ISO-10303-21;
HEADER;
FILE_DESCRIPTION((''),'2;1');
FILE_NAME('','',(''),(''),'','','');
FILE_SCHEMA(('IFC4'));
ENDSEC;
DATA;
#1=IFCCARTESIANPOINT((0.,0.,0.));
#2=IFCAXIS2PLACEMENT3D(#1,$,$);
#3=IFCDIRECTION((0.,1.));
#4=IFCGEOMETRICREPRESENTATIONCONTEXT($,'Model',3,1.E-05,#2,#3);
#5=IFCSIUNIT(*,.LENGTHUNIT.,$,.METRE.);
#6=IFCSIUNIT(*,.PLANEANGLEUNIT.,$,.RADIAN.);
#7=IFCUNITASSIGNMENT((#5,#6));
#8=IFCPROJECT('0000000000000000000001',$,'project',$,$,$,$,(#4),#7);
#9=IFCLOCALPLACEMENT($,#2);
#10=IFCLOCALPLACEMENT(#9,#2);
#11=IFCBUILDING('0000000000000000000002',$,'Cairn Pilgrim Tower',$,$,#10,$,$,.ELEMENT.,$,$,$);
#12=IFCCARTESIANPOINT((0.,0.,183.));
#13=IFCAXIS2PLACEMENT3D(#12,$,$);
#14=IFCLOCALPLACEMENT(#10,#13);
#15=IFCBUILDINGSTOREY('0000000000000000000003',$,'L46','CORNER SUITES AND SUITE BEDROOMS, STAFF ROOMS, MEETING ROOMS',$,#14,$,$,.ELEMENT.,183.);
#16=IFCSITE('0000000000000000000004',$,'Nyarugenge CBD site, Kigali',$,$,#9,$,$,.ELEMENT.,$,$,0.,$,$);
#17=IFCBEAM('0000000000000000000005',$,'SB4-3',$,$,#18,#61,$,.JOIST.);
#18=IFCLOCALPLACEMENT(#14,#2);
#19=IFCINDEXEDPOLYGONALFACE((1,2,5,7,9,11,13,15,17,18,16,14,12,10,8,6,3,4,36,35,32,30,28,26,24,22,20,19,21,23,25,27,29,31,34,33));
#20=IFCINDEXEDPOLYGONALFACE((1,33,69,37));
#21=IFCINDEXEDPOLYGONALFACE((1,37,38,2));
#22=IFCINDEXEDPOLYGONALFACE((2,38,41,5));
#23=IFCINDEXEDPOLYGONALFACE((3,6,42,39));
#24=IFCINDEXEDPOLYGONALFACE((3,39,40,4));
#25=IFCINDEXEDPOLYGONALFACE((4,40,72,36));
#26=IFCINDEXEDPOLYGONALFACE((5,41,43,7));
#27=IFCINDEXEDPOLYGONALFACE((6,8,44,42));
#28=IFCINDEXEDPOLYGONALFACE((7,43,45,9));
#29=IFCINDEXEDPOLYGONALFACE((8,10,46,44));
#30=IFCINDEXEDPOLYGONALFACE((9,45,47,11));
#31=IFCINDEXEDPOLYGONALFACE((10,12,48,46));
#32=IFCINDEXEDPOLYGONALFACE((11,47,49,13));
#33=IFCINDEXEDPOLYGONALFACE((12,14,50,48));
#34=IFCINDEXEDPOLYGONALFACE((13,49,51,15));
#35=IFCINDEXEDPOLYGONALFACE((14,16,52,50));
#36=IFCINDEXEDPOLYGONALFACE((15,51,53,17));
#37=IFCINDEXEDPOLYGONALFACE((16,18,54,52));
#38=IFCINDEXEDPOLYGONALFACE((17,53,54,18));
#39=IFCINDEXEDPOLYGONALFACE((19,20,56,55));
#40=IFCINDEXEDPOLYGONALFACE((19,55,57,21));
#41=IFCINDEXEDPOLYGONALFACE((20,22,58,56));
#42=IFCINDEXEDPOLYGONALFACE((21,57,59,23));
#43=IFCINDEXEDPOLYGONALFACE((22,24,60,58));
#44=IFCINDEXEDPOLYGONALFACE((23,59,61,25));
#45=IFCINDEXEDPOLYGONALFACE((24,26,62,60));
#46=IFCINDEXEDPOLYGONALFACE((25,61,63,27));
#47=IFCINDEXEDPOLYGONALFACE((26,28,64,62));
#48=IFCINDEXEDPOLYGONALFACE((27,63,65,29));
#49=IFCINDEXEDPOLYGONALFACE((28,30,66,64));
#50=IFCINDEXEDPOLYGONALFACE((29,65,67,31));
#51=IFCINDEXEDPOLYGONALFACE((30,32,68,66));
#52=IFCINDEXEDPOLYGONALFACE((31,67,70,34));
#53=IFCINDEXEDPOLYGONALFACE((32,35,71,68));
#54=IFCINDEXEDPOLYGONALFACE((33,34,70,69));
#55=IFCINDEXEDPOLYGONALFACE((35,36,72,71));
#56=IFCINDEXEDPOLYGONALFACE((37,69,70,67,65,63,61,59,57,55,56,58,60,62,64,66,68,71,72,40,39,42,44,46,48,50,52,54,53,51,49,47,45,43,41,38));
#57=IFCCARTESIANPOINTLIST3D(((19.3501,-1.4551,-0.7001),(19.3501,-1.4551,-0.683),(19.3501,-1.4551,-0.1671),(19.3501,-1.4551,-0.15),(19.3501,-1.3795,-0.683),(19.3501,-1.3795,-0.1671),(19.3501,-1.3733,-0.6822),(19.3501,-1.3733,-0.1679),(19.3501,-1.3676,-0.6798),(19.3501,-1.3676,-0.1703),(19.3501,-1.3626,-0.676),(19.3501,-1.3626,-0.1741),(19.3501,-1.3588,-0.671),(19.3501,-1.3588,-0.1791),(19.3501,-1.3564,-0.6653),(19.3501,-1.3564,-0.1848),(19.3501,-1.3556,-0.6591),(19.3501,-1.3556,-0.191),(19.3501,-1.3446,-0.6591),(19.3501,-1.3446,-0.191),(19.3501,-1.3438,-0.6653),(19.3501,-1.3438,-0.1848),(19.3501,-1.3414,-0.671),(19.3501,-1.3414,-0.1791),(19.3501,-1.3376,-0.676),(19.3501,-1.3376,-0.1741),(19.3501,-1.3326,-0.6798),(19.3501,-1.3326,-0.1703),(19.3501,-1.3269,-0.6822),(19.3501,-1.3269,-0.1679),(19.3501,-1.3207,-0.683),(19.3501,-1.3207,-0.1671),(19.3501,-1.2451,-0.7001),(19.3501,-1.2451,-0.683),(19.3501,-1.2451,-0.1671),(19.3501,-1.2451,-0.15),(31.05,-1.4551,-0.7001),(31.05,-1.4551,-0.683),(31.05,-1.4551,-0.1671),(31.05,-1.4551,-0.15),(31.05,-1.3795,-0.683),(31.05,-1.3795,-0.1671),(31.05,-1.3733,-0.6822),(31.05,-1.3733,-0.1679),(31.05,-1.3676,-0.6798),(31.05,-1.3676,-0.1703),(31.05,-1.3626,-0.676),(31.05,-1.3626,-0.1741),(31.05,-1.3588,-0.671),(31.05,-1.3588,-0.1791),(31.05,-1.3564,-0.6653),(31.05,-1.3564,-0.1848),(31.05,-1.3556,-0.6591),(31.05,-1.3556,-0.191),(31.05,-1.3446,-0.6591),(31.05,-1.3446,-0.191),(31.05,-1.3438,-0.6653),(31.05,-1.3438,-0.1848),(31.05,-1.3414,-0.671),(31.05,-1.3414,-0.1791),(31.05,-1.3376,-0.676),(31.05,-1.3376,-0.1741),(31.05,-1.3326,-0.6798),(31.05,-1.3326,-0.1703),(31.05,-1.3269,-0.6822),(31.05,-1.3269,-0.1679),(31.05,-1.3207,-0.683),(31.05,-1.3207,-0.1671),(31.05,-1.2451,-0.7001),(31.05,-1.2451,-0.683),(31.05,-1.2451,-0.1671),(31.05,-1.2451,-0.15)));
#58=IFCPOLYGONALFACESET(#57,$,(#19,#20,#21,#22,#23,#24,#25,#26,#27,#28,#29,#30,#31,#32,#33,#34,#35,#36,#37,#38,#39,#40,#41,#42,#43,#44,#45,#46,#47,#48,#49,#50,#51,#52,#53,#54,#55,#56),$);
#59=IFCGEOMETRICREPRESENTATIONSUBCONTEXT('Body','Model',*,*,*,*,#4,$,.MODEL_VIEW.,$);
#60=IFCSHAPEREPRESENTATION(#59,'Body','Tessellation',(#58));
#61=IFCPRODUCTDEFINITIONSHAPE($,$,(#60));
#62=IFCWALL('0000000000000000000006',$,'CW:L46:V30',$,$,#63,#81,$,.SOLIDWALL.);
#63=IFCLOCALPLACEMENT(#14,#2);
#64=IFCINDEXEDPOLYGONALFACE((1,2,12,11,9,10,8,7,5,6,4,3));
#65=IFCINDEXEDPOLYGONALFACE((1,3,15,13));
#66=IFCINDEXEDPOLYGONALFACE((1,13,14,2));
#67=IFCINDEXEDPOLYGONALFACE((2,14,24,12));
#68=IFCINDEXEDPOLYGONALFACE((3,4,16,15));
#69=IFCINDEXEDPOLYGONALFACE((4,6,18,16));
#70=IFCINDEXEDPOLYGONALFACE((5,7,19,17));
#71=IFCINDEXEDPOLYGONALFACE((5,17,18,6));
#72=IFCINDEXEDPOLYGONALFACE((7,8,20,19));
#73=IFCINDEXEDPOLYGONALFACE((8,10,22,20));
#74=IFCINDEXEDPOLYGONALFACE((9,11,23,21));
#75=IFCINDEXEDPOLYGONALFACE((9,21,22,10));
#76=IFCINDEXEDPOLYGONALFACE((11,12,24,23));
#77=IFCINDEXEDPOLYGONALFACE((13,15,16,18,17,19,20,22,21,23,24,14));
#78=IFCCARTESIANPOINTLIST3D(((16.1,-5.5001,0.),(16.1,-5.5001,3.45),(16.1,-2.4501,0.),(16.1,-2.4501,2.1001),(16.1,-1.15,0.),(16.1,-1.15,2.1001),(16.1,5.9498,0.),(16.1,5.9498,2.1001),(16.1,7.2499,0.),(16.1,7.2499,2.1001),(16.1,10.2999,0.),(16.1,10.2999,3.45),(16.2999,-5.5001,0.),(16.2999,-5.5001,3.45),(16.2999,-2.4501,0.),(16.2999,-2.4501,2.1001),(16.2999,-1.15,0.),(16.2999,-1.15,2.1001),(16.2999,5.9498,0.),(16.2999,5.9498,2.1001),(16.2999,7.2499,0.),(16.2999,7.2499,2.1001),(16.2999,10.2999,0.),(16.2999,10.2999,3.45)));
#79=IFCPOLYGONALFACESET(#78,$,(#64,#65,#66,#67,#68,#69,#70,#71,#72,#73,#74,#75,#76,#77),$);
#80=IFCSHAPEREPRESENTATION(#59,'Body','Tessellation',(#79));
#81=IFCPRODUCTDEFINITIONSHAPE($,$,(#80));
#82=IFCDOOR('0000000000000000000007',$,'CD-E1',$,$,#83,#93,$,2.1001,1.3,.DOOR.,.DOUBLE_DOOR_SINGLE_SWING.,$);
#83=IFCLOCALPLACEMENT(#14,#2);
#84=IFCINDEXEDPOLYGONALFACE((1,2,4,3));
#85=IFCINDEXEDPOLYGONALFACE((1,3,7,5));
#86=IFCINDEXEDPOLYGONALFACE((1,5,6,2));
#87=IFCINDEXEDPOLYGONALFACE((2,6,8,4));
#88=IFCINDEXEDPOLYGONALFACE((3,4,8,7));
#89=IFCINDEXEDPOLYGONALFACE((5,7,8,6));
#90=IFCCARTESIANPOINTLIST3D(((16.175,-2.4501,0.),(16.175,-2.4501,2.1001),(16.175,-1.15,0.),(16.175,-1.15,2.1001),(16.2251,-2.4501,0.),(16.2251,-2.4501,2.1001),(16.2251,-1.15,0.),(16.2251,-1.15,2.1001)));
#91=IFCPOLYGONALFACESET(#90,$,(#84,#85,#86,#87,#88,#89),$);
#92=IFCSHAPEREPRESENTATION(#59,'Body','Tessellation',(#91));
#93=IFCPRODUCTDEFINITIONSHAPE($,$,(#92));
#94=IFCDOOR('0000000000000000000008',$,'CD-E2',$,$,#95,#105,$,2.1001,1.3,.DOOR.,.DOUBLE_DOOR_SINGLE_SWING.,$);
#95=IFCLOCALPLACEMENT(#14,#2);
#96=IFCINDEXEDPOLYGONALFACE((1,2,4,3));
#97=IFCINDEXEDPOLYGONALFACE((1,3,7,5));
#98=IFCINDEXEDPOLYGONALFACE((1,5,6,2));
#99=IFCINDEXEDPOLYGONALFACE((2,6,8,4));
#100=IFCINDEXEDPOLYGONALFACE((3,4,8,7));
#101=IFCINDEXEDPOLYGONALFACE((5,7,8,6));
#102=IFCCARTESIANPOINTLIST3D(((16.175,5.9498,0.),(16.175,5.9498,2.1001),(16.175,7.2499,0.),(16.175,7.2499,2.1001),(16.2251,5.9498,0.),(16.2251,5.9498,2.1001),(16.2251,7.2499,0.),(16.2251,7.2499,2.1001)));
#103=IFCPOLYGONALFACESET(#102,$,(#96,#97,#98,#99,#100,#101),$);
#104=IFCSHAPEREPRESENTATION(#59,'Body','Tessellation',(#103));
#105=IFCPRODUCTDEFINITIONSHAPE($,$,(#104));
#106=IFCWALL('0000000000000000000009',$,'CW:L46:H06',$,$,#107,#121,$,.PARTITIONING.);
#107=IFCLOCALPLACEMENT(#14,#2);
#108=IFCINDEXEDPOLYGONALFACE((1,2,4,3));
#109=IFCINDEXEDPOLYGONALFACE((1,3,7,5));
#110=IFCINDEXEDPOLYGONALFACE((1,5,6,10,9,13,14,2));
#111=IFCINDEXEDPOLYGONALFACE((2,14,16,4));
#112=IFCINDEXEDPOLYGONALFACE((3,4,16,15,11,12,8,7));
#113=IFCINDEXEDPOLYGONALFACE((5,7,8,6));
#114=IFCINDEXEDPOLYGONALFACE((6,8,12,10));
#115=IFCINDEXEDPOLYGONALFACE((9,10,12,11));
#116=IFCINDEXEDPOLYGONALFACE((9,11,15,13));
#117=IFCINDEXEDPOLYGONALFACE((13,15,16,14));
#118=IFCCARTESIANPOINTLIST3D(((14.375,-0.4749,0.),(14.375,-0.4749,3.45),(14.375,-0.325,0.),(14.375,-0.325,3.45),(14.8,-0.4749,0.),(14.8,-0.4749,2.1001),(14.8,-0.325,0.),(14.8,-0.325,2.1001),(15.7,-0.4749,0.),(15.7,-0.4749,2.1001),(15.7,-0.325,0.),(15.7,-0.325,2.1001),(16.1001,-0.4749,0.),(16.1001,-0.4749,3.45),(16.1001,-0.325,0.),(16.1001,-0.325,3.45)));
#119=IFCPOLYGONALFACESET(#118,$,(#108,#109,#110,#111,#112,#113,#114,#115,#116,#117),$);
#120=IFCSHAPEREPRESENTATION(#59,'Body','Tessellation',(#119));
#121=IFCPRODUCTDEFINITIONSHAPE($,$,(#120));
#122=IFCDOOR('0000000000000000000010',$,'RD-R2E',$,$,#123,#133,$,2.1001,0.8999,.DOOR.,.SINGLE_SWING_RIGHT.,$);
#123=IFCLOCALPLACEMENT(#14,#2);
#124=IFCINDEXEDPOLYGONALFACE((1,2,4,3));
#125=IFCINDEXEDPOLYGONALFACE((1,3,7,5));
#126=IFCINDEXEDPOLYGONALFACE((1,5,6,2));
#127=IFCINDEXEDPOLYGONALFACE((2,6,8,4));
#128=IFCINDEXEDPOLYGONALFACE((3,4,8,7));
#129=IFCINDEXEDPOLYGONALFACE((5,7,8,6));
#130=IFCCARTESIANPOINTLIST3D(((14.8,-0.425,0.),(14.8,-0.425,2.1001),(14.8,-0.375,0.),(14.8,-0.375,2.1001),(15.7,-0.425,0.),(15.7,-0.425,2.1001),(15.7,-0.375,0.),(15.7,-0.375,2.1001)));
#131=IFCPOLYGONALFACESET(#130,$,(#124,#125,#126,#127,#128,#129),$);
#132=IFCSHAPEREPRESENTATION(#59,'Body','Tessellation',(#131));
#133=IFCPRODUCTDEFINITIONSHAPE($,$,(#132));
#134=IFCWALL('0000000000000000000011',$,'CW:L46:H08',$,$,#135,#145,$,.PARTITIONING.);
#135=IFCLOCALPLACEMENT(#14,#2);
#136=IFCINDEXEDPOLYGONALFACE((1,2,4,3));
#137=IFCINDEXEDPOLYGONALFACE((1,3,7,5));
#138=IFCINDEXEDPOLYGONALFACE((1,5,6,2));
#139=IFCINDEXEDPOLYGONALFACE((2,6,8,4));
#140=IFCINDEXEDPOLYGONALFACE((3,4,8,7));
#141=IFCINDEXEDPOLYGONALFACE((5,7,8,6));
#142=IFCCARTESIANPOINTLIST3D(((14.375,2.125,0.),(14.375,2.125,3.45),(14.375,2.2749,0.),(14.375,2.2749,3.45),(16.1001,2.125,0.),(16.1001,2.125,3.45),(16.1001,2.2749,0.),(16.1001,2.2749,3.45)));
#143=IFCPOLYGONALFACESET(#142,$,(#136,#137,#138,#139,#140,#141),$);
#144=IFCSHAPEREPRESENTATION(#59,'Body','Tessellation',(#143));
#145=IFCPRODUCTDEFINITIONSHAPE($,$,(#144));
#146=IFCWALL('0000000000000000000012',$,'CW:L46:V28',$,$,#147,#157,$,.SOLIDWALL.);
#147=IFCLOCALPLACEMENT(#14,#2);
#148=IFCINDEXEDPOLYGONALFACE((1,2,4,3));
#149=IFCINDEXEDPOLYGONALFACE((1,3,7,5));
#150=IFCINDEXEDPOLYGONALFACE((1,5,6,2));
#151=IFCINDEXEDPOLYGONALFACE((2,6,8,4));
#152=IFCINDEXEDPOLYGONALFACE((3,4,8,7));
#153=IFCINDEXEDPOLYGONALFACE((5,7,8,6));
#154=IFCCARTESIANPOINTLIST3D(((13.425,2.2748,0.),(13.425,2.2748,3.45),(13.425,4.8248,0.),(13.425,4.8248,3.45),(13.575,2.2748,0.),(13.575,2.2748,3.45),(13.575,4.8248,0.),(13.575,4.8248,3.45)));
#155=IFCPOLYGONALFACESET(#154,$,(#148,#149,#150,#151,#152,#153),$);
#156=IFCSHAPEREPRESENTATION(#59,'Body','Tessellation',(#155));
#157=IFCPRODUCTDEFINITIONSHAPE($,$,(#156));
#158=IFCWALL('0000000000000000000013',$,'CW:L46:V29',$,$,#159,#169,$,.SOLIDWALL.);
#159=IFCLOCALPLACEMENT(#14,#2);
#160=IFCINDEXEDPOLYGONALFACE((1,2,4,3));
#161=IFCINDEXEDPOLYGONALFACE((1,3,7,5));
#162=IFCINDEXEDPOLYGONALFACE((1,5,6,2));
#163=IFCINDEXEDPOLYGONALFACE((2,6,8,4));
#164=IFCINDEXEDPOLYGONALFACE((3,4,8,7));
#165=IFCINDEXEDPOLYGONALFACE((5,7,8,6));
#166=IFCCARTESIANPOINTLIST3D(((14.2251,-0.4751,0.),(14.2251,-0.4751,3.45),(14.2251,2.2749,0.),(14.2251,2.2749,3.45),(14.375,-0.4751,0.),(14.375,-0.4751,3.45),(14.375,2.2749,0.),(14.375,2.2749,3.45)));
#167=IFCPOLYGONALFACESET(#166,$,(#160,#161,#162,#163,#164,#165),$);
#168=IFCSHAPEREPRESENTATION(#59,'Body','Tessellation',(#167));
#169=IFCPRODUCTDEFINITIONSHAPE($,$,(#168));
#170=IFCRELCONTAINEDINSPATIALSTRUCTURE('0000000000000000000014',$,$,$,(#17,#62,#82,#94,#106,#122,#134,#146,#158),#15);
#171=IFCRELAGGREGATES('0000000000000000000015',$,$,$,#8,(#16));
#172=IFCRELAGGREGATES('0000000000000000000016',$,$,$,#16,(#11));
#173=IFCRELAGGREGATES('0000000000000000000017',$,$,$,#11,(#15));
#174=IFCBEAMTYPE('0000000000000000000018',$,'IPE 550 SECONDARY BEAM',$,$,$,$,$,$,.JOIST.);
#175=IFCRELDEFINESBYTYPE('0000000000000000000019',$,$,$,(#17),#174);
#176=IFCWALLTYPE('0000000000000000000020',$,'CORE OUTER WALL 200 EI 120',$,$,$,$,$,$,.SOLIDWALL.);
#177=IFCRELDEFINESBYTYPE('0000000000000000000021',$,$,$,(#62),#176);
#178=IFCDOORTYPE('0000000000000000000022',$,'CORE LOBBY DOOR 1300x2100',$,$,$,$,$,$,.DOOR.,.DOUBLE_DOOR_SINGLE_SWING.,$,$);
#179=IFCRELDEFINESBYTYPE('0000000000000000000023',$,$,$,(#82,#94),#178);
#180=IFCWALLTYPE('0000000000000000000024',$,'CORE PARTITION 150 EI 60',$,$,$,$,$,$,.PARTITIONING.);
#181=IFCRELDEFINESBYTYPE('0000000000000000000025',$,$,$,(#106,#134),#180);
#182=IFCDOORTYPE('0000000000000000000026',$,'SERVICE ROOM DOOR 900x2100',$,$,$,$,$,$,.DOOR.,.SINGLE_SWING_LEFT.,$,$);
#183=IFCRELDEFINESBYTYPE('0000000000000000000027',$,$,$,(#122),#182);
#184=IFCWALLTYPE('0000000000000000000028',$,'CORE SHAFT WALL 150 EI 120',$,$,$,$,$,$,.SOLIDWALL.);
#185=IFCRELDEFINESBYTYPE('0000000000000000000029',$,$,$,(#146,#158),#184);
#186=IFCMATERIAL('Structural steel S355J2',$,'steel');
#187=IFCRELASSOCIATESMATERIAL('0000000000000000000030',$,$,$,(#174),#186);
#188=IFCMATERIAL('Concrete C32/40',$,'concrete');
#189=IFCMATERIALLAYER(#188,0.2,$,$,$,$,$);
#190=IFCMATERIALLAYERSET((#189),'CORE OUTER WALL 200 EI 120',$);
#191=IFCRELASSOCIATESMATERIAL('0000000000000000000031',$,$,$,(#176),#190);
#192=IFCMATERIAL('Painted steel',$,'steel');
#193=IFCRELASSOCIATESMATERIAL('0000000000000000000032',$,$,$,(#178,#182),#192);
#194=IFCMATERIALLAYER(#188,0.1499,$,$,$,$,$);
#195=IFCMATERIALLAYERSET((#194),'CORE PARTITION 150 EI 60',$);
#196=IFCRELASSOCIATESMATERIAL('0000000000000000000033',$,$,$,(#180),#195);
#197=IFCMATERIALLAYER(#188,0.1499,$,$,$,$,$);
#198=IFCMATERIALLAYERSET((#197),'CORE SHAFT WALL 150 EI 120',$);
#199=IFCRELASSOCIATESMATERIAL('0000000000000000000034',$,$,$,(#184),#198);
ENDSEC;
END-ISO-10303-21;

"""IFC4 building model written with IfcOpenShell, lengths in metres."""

from ifc_helpers import new_model, si_unit, direction, frame, frame_2d, origin, origin_2d, place, context, subcontext, project, spatial, rectangle, i_section, extrude, material, layer, layer_set, material_profile, profile_set, type_object, element, fill, save


model = new_model("IFC4")

# Units and contexts
model_context = context("Model", 3, precision=1e-05, world=origin(), true_north=direction((0.0, 1.0)))
body_context = subcontext(model_context, "Body", "Model", "MODEL_VIEW")
ifc_project = project(units=[si_unit("LENGTHUNIT", "METRE"), si_unit("PLANEANGLEUNIT", "RADIAN")], contexts=[model_context])

# Site, building, storey
site_placement = place(None, origin())
site = spatial("IfcSite", under=ifc_project, at=site_placement, Name="Nyarugenge CBD site, Kigali", CompositionType="ELEMENT", RefElevation=0.0)
building_placement = place(site_placement, origin())
building = spatial("IfcBuilding", under=site, at=building_placement, Name="Cairn Pilgrim Tower", CompositionType="ELEMENT")
storey_placement = place(building_placement, frame((0.0, 0.0, 183.0)))
storey = spatial("IfcBuildingStorey", under=building, at=storey_placement, Name="L46", Description="CORNER SUITES AND SUITE BEDROOMS, STAFF ROOMS, MEETING ROOMS", CompositionType="ELEMENT", Elevation=183.0)

# Shared definitions
ifc_material_1 = material(Name="Structural steel S355J2", Category="steel")

# Beam
ifc_material_profile_1 = material_profile(ifc_material_1, i_section(OverallWidth=0.21, OverallDepth=0.55, WebThickness=0.011, FlangeThickness=0.0171, FilletRadius=0.0239, at=origin_2d()), Name="IPE 550")
ifc_profile_set_1 = profile_set([ifc_material_profile_1], Name="Structural steel S355J2")
beam_type_1 = type_object("IfcBeamType", Name="IPE 550 SECONDARY BEAM", PredefinedType="JOIST", material=ifc_profile_set_1)
beam_1_placement = place(storey_placement, frame((19.3501, -1.3501, -0.425), z_axis=(1.0, 0.0, 0.0), x_axis=(0.0, 1.0, 0.0)))
element("IfcBeam", 1, at=beam_1_placement, inside=storey, type_object=beam_type_1, Name="SB4-3", PredefinedType="JOIST", context=body_context, shape_type="SweptSolid", body=[
    extrude(i_section(OverallWidth=0.21, OverallDepth=0.55, WebThickness=0.011, FlangeThickness=0.0171, FilletRadius=0.0239, at=origin_2d()), origin(), (0.0, 0.0, 1.0), 11.7),
])

# Wall, openings, doors
ifc_material_2 = material(Name="Concrete C32/40", Category="concrete")
ifc_layer_1 = layer(ifc_material_2, 0.2)
ifc_layer_set_1 = layer_set([ifc_layer_1], Name="CORE OUTER WALL 200 EI 120")
wall_type_1 = type_object("IfcWallType", Name="CORE OUTER WALL 200 EI 120", PredefinedType="SOLIDWALL", material=ifc_layer_set_1)
wall_1_placement = place(storey_placement, frame((16.2, -5.5, 0.0), z_axis=(0.0, 0.0, 1.0), x_axis=(0.0, 1.0, 0.0)))
wall_1 = element("IfcWall", 2, at=wall_1_placement, inside=storey, type_object=wall_type_1, Name="CW:L46:V30", PredefinedType="SOLIDWALL", context=body_context, shape_type="SweptSolid", body=[
    extrude(rectangle(XDim=15.8, YDim=0.2, at=frame_2d((7.8999, 0.0))), origin(), (0.0, 0.0, 1.0), 3.45),
])
opening_1_placement = place(wall_1_placement, frame((3.05, 0.0, 0.0)))
opening_1 = element("IfcOpeningElement", 3, at=opening_1_placement, cuts=wall_1, PredefinedType="OPENING", context=body_context, shape_type="SweptSolid", body=[
    extrude(rectangle(XDim=1.3, YDim=2.1001, at=frame_2d((0.6499, 1.05))), frame((0.0, 0.1099, 0.0), z_axis=(0.0, -1.0, 0.0), x_axis=(1.0, 0.0, 0.0)), (0.0, 0.0, 1.0), 0.22),
])
opening_2_placement = place(wall_1_placement, frame((11.45, 0.0, 0.0)))
opening_2 = element("IfcOpeningElement", 4, at=opening_2_placement, cuts=wall_1, PredefinedType="OPENING", context=body_context, shape_type="SweptSolid", body=[
    extrude(rectangle(XDim=1.3, YDim=2.1001, at=frame_2d((0.6499, 1.05))), frame((0.0, 0.1099, 0.0), z_axis=(0.0, -1.0, 0.0), x_axis=(1.0, 0.0, 0.0)), (0.0, 0.0, 1.0), 0.22),
])
ifc_material_3 = material(Name="Painted steel", Category="steel")
door_type_1 = type_object("IfcDoorType", Name="CORE LOBBY DOOR 1300x2100", OperationType="DOUBLE_DOOR_SINGLE_SWING", PredefinedType="DOOR", material=ifc_material_3)
door_1_placement = place(opening_1_placement, origin())
door_1 = element("IfcDoor", 5, at=door_1_placement, inside=storey, type_object=door_type_1, Name="CD-E1", OperationType="DOUBLE_DOOR_SINGLE_SWING", OverallHeight=2.1001, OverallWidth=1.3, PredefinedType="DOOR", context=body_context, shape_type="SweptSolid", body=[
    extrude(rectangle(XDim=1.3, YDim=2.1001, at=frame_2d((0.6499, 1.05))), frame((0.0, 0.0249, 0.0), z_axis=(0.0, -1.0, 0.0), x_axis=(1.0, 0.0, 0.0)), (0.0, 0.0, 1.0), 0.05),
])
fill(opening_1, door_1)
door_2_placement = place(opening_2_placement, origin())
door_2 = element("IfcDoor", 6, at=door_2_placement, inside=storey, type_object=door_type_1, Name="CD-E2", OperationType="DOUBLE_DOOR_SINGLE_SWING", OverallHeight=2.1001, OverallWidth=1.3, PredefinedType="DOOR", context=body_context, shape_type="SweptSolid", body=[
    extrude(rectangle(XDim=1.3, YDim=2.1001, at=frame_2d((0.6499, 1.05))), frame((0.0, 0.0249, 0.0), z_axis=(0.0, -1.0, 0.0), x_axis=(1.0, 0.0, 0.0)), (0.0, 0.0, 1.0), 0.05),
])
fill(opening_2, door_2)

# Wall, opening, door
ifc_layer_2 = layer(ifc_material_2, 0.1499)
ifc_layer_set_2 = layer_set([ifc_layer_2], Name="CORE PARTITION 150 EI 60")
wall_type_2 = type_object("IfcWallType", Name="CORE PARTITION 150 EI 60", PredefinedType="PARTITIONING", material=ifc_layer_set_2)
wall_2_placement = place(storey_placement, frame((14.375, -0.3999, 0.0), z_axis=(0.0, 0.0, 1.0), x_axis=(1.0, 0.0, 0.0)))
wall_2 = element("IfcWall", 7, at=wall_2_placement, inside=storey, type_object=wall_type_2, Name="CW:L46:H06", PredefinedType="PARTITIONING", context=body_context, shape_type="SweptSolid", body=[
    extrude(rectangle(XDim=1.7251, YDim=0.1499, at=frame_2d((0.8625, 0.0))), origin(), (0.0, 0.0, 1.0), 3.45),
])
opening_3_placement = place(wall_2_placement, frame((0.425, 0.0, 0.0)))
opening_3 = element("IfcOpeningElement", 8, at=opening_3_placement, cuts=wall_2, PredefinedType="OPENING", context=body_context, shape_type="SweptSolid", body=[
    extrude(rectangle(XDim=0.8999, YDim=2.1001, at=frame_2d((0.45, 1.05))), frame((0.0, 0.085, 0.0), z_axis=(0.0, -1.0, 0.0), x_axis=(1.0, 0.0, 0.0)), (0.0, 0.0, 1.0), 0.1699),
])
door_type_2 = type_object("IfcDoorType", Name="SERVICE ROOM DOOR 900x2100", OperationType="SINGLE_SWING_LEFT", PredefinedType="DOOR", material=ifc_material_3)
door_3_placement = place(opening_3_placement, origin())
door_3 = element("IfcDoor", 9, at=door_3_placement, inside=storey, type_object=door_type_2, Name="RD-R2E", OperationType="SINGLE_SWING_RIGHT", OverallHeight=2.1001, OverallWidth=0.8999, PredefinedType="DOOR", context=body_context, shape_type="SweptSolid", body=[
    extrude(rectangle(XDim=0.8999, YDim=2.1001, at=frame_2d((0.45, 1.05))), frame((0.0, 0.0249, 0.0), z_axis=(0.0, -1.0, 0.0), x_axis=(1.0, 0.0, 0.0)), (0.0, 0.0, 1.0), 0.05),
])
fill(opening_3, door_3)

# Walls
wall_3_placement = place(storey_placement, frame((14.375, 2.2, 0.0), z_axis=(0.0, 0.0, 1.0), x_axis=(1.0, 0.0, 0.0)))
element("IfcWall", 10, at=wall_3_placement, inside=storey, type_object=wall_type_2, Name="CW:L46:H08", PredefinedType="PARTITIONING", context=body_context, shape_type="SweptSolid", body=[
    extrude(rectangle(XDim=1.7251, YDim=0.1499, at=frame_2d((0.8625, 0.0))), origin(), (0.0, 0.0, 1.0), 3.45),
])
ifc_layer_3 = layer(ifc_material_2, 0.1499)
ifc_layer_set_3 = layer_set([ifc_layer_3], Name="CORE SHAFT WALL 150 EI 120")
wall_type_3 = type_object("IfcWallType", Name="CORE SHAFT WALL 150 EI 120", PredefinedType="SOLIDWALL", material=ifc_layer_set_3)
wall_4_placement = place(storey_placement, frame((13.5, 2.2749, 0.0), z_axis=(0.0, 0.0, 1.0), x_axis=(0.0, 1.0, 0.0)))
element("IfcWall", 11, at=wall_4_placement, inside=storey, type_object=wall_type_3, Name="CW:L46:V28", PredefinedType="SOLIDWALL", context=body_context, shape_type="SweptSolid", body=[
    extrude(rectangle(XDim=2.55, YDim=0.1499, at=frame_2d((1.2749, 0.0))), origin(), (0.0, 0.0, 1.0), 3.45),
])
wall_5_placement = place(storey_placement, frame((14.3, -0.4751, 0.0), z_axis=(0.0, 0.0, 1.0), x_axis=(0.0, 1.0, 0.0)))
element("IfcWall", 12, at=wall_5_placement, inside=storey, type_object=wall_type_3, Name="CW:L46:V29", PredefinedType="SOLIDWALL", context=body_context, shape_type="SweptSolid", body=[
    extrude(rectangle(XDim=2.75, YDim=0.1499, at=frame_2d((1.375, 0.0))), origin(), (0.0, 0.0, 1.0), 3.45),
])

save(model, "model.ifc")
